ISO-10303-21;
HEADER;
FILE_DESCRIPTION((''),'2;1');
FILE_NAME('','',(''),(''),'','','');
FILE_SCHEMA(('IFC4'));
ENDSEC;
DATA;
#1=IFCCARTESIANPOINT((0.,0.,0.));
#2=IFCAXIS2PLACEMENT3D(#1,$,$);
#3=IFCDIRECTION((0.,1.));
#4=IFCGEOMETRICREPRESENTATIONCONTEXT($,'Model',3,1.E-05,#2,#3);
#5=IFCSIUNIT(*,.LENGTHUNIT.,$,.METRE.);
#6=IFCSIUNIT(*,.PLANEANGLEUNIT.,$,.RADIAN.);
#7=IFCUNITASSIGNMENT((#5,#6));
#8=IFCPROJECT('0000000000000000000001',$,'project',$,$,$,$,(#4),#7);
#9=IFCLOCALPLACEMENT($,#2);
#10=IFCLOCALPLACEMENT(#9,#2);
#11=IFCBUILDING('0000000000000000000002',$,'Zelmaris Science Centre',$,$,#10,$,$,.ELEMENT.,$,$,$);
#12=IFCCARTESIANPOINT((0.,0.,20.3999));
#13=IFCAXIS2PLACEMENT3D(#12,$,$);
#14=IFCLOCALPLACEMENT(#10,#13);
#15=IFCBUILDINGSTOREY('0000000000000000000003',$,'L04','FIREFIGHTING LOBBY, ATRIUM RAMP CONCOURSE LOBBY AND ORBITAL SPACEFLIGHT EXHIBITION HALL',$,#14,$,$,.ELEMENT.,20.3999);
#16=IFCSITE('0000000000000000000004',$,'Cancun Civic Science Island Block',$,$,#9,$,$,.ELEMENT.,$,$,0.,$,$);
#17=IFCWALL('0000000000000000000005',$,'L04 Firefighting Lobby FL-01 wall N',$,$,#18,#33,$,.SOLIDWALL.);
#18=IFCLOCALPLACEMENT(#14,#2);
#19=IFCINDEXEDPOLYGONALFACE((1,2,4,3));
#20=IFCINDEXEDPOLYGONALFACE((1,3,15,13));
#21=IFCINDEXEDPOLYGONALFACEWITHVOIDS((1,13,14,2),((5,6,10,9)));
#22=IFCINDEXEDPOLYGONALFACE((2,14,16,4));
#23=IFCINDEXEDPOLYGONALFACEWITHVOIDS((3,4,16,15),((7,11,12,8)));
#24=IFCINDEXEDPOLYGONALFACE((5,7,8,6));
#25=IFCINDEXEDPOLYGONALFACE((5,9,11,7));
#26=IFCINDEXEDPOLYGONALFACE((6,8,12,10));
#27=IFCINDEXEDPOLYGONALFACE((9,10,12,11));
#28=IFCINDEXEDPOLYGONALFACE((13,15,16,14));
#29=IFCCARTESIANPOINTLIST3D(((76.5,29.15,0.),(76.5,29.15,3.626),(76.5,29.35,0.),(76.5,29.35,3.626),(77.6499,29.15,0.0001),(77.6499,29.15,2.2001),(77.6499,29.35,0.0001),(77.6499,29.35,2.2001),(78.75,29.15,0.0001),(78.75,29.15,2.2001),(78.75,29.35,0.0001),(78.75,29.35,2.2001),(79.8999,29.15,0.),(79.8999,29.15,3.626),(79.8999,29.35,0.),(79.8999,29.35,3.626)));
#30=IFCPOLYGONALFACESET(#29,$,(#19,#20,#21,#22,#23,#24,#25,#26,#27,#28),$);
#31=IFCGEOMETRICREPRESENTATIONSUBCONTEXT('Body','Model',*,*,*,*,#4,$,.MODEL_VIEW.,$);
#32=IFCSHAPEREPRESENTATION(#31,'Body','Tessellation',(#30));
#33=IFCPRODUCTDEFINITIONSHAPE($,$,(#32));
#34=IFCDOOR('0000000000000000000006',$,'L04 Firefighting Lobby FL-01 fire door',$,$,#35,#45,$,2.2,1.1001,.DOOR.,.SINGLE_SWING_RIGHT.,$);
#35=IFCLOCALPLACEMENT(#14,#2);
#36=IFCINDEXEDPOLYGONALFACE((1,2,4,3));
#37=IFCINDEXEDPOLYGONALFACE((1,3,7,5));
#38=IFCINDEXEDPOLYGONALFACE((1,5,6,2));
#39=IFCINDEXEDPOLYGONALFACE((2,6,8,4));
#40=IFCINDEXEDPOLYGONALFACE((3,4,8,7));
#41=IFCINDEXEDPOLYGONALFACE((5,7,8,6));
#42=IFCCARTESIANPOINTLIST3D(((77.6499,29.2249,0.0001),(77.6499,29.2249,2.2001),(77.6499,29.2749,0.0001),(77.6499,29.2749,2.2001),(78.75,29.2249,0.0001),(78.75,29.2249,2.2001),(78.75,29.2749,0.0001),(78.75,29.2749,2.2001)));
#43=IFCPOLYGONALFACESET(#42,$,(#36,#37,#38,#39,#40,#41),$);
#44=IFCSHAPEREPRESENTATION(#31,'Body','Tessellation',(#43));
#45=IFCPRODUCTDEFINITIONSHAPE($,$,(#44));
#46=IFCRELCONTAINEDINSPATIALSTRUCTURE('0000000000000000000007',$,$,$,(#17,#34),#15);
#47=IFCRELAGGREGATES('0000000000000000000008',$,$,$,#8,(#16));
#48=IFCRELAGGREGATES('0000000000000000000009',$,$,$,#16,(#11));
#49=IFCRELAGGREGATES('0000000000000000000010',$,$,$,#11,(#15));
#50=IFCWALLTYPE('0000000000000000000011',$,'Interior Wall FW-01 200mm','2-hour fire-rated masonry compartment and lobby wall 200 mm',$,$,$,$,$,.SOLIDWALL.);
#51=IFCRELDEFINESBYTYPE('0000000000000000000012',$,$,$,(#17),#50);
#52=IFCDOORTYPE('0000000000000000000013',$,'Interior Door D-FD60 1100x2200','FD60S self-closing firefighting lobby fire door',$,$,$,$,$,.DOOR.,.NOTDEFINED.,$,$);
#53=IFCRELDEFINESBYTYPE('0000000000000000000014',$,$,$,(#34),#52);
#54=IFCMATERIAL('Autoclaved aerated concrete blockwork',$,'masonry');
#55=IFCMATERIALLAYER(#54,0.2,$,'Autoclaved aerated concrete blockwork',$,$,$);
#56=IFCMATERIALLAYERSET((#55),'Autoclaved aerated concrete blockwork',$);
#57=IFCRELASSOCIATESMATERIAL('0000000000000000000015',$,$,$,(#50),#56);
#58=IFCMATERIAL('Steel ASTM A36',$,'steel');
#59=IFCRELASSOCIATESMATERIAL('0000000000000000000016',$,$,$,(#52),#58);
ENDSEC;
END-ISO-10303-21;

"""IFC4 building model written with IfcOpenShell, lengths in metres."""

from ifc_helpers import new_model, si_unit, direction, frame, frame_2d, origin, place, context, subcontext, project, spatial, rectangle, extrude, material, layer, layer_set, type_object, element, fill, save


model = new_model("IFC4")

# Units and contexts
model_context = context("Model", 3, precision=1e-05, world=origin(), true_north=direction((0.0, 1.0)))
body_context = subcontext(model_context, "Body", "Model", "MODEL_VIEW")
ifc_project = project(units=[si_unit("LENGTHUNIT", "METRE"), si_unit("PLANEANGLEUNIT", "RADIAN")], contexts=[model_context])

# Site, building, storey
site_placement = place(None, origin())
site = spatial("IfcSite", under=ifc_project, at=site_placement, Name="Cancun Civic Science Island Block", CompositionType="ELEMENT", RefElevation=0.0)
building_placement = place(site_placement, origin())
building = spatial("IfcBuilding", under=site, at=building_placement, Name="Zelmaris Science Centre", CompositionType="ELEMENT")
storey_placement = place(building_placement, frame((0.0, 0.0, 20.3999)))
storey = spatial("IfcBuildingStorey", under=building, at=storey_placement, Name="L04", Description="FIREFIGHTING LOBBY, ATRIUM RAMP CONCOURSE LOBBY AND ORBITAL SPACEFLIGHT EXHIBITION HALL", CompositionType="ELEMENT", Elevation=20.3999)

# Shared definitions
ifc_material_1 = material(Name="Autoclaved aerated concrete blockwork", Category="masonry")
ifc_layer_1 = layer(ifc_material_1, 0.2, Name="Autoclaved aerated concrete blockwork")
ifc_layer_set_1 = layer_set([ifc_layer_1], Name="Autoclaved aerated concrete blockwork")
wall_type_1 = type_object("IfcWallType", Name="Interior Wall FW-01 200mm", Description="2-hour fire-rated masonry compartment and lobby wall 200 mm", PredefinedType="SOLIDWALL", material=ifc_layer_set_1)

# Wall, opening, door
wall_1_placement = place(storey_placement, frame((76.5, 29.25, 0.0), z_axis=(0.0, 0.0, 1.0), x_axis=(1.0, 0.0, 0.0)))
wall_1 = element("IfcWall", 1, at=wall_1_placement, inside=storey, type_object=wall_type_1, Name="L04 Firefighting Lobby FL-01 wall N", PredefinedType="SOLIDWALL", context=body_context, shape_type="SweptSolid", body=[
    extrude(rectangle(XDim=3.3999, YDim=0.2, at=frame_2d((1.7, 0.0))), origin(), (0.0, 0.0, 1.0), 3.626),
])
opening_1_placement = place(wall_1_placement, frame((1.1499, 0.0, 0.0)))
opening_1 = element("IfcOpeningElement", 2, at=opening_1_placement, cuts=wall_1, PredefinedType="OPENING", context=body_context, shape_type="SweptSolid", body=[
    extrude(rectangle(XDim=1.1001, YDim=2.2, at=frame_2d((0.55, 1.1001))), frame((0.0, 0.1099, 0.0), z_axis=(0.0, -1.0, 0.0), x_axis=(1.0, 0.0, 0.0)), (0.0, 0.0, 1.0), 0.22),
])
ifc_material_2 = material(Name="Steel ASTM A36", Category="steel")
door_type = type_object("IfcDoorType", Name="Interior Door D-FD60 1100x2200", Description="FD60S self-closing firefighting lobby fire door", OperationType="NOTDEFINED", PredefinedType="DOOR", material=ifc_material_2)
door_placement = place(opening_1_placement, origin())
door = element("IfcDoor", 3, at=door_placement, inside=storey, type_object=door_type, Name="L04 Firefighting Lobby FL-01 fire door", OperationType="SINGLE_SWING_RIGHT", OverallHeight=2.2, OverallWidth=1.1001, PredefinedType="DOOR", context=body_context, shape_type="SweptSolid", body=[
    extrude(rectangle(XDim=1.1001, YDim=2.2, at=frame_2d((0.55, 1.1001))), frame((0.0, 0.0249, 0.0), z_axis=(0.0, -1.0, 0.0), x_axis=(1.0, 0.0, 0.0)), (0.0, 0.0, 1.0), 0.05),
])
fill(opening_1, door)

save(model, "model.ifc")
